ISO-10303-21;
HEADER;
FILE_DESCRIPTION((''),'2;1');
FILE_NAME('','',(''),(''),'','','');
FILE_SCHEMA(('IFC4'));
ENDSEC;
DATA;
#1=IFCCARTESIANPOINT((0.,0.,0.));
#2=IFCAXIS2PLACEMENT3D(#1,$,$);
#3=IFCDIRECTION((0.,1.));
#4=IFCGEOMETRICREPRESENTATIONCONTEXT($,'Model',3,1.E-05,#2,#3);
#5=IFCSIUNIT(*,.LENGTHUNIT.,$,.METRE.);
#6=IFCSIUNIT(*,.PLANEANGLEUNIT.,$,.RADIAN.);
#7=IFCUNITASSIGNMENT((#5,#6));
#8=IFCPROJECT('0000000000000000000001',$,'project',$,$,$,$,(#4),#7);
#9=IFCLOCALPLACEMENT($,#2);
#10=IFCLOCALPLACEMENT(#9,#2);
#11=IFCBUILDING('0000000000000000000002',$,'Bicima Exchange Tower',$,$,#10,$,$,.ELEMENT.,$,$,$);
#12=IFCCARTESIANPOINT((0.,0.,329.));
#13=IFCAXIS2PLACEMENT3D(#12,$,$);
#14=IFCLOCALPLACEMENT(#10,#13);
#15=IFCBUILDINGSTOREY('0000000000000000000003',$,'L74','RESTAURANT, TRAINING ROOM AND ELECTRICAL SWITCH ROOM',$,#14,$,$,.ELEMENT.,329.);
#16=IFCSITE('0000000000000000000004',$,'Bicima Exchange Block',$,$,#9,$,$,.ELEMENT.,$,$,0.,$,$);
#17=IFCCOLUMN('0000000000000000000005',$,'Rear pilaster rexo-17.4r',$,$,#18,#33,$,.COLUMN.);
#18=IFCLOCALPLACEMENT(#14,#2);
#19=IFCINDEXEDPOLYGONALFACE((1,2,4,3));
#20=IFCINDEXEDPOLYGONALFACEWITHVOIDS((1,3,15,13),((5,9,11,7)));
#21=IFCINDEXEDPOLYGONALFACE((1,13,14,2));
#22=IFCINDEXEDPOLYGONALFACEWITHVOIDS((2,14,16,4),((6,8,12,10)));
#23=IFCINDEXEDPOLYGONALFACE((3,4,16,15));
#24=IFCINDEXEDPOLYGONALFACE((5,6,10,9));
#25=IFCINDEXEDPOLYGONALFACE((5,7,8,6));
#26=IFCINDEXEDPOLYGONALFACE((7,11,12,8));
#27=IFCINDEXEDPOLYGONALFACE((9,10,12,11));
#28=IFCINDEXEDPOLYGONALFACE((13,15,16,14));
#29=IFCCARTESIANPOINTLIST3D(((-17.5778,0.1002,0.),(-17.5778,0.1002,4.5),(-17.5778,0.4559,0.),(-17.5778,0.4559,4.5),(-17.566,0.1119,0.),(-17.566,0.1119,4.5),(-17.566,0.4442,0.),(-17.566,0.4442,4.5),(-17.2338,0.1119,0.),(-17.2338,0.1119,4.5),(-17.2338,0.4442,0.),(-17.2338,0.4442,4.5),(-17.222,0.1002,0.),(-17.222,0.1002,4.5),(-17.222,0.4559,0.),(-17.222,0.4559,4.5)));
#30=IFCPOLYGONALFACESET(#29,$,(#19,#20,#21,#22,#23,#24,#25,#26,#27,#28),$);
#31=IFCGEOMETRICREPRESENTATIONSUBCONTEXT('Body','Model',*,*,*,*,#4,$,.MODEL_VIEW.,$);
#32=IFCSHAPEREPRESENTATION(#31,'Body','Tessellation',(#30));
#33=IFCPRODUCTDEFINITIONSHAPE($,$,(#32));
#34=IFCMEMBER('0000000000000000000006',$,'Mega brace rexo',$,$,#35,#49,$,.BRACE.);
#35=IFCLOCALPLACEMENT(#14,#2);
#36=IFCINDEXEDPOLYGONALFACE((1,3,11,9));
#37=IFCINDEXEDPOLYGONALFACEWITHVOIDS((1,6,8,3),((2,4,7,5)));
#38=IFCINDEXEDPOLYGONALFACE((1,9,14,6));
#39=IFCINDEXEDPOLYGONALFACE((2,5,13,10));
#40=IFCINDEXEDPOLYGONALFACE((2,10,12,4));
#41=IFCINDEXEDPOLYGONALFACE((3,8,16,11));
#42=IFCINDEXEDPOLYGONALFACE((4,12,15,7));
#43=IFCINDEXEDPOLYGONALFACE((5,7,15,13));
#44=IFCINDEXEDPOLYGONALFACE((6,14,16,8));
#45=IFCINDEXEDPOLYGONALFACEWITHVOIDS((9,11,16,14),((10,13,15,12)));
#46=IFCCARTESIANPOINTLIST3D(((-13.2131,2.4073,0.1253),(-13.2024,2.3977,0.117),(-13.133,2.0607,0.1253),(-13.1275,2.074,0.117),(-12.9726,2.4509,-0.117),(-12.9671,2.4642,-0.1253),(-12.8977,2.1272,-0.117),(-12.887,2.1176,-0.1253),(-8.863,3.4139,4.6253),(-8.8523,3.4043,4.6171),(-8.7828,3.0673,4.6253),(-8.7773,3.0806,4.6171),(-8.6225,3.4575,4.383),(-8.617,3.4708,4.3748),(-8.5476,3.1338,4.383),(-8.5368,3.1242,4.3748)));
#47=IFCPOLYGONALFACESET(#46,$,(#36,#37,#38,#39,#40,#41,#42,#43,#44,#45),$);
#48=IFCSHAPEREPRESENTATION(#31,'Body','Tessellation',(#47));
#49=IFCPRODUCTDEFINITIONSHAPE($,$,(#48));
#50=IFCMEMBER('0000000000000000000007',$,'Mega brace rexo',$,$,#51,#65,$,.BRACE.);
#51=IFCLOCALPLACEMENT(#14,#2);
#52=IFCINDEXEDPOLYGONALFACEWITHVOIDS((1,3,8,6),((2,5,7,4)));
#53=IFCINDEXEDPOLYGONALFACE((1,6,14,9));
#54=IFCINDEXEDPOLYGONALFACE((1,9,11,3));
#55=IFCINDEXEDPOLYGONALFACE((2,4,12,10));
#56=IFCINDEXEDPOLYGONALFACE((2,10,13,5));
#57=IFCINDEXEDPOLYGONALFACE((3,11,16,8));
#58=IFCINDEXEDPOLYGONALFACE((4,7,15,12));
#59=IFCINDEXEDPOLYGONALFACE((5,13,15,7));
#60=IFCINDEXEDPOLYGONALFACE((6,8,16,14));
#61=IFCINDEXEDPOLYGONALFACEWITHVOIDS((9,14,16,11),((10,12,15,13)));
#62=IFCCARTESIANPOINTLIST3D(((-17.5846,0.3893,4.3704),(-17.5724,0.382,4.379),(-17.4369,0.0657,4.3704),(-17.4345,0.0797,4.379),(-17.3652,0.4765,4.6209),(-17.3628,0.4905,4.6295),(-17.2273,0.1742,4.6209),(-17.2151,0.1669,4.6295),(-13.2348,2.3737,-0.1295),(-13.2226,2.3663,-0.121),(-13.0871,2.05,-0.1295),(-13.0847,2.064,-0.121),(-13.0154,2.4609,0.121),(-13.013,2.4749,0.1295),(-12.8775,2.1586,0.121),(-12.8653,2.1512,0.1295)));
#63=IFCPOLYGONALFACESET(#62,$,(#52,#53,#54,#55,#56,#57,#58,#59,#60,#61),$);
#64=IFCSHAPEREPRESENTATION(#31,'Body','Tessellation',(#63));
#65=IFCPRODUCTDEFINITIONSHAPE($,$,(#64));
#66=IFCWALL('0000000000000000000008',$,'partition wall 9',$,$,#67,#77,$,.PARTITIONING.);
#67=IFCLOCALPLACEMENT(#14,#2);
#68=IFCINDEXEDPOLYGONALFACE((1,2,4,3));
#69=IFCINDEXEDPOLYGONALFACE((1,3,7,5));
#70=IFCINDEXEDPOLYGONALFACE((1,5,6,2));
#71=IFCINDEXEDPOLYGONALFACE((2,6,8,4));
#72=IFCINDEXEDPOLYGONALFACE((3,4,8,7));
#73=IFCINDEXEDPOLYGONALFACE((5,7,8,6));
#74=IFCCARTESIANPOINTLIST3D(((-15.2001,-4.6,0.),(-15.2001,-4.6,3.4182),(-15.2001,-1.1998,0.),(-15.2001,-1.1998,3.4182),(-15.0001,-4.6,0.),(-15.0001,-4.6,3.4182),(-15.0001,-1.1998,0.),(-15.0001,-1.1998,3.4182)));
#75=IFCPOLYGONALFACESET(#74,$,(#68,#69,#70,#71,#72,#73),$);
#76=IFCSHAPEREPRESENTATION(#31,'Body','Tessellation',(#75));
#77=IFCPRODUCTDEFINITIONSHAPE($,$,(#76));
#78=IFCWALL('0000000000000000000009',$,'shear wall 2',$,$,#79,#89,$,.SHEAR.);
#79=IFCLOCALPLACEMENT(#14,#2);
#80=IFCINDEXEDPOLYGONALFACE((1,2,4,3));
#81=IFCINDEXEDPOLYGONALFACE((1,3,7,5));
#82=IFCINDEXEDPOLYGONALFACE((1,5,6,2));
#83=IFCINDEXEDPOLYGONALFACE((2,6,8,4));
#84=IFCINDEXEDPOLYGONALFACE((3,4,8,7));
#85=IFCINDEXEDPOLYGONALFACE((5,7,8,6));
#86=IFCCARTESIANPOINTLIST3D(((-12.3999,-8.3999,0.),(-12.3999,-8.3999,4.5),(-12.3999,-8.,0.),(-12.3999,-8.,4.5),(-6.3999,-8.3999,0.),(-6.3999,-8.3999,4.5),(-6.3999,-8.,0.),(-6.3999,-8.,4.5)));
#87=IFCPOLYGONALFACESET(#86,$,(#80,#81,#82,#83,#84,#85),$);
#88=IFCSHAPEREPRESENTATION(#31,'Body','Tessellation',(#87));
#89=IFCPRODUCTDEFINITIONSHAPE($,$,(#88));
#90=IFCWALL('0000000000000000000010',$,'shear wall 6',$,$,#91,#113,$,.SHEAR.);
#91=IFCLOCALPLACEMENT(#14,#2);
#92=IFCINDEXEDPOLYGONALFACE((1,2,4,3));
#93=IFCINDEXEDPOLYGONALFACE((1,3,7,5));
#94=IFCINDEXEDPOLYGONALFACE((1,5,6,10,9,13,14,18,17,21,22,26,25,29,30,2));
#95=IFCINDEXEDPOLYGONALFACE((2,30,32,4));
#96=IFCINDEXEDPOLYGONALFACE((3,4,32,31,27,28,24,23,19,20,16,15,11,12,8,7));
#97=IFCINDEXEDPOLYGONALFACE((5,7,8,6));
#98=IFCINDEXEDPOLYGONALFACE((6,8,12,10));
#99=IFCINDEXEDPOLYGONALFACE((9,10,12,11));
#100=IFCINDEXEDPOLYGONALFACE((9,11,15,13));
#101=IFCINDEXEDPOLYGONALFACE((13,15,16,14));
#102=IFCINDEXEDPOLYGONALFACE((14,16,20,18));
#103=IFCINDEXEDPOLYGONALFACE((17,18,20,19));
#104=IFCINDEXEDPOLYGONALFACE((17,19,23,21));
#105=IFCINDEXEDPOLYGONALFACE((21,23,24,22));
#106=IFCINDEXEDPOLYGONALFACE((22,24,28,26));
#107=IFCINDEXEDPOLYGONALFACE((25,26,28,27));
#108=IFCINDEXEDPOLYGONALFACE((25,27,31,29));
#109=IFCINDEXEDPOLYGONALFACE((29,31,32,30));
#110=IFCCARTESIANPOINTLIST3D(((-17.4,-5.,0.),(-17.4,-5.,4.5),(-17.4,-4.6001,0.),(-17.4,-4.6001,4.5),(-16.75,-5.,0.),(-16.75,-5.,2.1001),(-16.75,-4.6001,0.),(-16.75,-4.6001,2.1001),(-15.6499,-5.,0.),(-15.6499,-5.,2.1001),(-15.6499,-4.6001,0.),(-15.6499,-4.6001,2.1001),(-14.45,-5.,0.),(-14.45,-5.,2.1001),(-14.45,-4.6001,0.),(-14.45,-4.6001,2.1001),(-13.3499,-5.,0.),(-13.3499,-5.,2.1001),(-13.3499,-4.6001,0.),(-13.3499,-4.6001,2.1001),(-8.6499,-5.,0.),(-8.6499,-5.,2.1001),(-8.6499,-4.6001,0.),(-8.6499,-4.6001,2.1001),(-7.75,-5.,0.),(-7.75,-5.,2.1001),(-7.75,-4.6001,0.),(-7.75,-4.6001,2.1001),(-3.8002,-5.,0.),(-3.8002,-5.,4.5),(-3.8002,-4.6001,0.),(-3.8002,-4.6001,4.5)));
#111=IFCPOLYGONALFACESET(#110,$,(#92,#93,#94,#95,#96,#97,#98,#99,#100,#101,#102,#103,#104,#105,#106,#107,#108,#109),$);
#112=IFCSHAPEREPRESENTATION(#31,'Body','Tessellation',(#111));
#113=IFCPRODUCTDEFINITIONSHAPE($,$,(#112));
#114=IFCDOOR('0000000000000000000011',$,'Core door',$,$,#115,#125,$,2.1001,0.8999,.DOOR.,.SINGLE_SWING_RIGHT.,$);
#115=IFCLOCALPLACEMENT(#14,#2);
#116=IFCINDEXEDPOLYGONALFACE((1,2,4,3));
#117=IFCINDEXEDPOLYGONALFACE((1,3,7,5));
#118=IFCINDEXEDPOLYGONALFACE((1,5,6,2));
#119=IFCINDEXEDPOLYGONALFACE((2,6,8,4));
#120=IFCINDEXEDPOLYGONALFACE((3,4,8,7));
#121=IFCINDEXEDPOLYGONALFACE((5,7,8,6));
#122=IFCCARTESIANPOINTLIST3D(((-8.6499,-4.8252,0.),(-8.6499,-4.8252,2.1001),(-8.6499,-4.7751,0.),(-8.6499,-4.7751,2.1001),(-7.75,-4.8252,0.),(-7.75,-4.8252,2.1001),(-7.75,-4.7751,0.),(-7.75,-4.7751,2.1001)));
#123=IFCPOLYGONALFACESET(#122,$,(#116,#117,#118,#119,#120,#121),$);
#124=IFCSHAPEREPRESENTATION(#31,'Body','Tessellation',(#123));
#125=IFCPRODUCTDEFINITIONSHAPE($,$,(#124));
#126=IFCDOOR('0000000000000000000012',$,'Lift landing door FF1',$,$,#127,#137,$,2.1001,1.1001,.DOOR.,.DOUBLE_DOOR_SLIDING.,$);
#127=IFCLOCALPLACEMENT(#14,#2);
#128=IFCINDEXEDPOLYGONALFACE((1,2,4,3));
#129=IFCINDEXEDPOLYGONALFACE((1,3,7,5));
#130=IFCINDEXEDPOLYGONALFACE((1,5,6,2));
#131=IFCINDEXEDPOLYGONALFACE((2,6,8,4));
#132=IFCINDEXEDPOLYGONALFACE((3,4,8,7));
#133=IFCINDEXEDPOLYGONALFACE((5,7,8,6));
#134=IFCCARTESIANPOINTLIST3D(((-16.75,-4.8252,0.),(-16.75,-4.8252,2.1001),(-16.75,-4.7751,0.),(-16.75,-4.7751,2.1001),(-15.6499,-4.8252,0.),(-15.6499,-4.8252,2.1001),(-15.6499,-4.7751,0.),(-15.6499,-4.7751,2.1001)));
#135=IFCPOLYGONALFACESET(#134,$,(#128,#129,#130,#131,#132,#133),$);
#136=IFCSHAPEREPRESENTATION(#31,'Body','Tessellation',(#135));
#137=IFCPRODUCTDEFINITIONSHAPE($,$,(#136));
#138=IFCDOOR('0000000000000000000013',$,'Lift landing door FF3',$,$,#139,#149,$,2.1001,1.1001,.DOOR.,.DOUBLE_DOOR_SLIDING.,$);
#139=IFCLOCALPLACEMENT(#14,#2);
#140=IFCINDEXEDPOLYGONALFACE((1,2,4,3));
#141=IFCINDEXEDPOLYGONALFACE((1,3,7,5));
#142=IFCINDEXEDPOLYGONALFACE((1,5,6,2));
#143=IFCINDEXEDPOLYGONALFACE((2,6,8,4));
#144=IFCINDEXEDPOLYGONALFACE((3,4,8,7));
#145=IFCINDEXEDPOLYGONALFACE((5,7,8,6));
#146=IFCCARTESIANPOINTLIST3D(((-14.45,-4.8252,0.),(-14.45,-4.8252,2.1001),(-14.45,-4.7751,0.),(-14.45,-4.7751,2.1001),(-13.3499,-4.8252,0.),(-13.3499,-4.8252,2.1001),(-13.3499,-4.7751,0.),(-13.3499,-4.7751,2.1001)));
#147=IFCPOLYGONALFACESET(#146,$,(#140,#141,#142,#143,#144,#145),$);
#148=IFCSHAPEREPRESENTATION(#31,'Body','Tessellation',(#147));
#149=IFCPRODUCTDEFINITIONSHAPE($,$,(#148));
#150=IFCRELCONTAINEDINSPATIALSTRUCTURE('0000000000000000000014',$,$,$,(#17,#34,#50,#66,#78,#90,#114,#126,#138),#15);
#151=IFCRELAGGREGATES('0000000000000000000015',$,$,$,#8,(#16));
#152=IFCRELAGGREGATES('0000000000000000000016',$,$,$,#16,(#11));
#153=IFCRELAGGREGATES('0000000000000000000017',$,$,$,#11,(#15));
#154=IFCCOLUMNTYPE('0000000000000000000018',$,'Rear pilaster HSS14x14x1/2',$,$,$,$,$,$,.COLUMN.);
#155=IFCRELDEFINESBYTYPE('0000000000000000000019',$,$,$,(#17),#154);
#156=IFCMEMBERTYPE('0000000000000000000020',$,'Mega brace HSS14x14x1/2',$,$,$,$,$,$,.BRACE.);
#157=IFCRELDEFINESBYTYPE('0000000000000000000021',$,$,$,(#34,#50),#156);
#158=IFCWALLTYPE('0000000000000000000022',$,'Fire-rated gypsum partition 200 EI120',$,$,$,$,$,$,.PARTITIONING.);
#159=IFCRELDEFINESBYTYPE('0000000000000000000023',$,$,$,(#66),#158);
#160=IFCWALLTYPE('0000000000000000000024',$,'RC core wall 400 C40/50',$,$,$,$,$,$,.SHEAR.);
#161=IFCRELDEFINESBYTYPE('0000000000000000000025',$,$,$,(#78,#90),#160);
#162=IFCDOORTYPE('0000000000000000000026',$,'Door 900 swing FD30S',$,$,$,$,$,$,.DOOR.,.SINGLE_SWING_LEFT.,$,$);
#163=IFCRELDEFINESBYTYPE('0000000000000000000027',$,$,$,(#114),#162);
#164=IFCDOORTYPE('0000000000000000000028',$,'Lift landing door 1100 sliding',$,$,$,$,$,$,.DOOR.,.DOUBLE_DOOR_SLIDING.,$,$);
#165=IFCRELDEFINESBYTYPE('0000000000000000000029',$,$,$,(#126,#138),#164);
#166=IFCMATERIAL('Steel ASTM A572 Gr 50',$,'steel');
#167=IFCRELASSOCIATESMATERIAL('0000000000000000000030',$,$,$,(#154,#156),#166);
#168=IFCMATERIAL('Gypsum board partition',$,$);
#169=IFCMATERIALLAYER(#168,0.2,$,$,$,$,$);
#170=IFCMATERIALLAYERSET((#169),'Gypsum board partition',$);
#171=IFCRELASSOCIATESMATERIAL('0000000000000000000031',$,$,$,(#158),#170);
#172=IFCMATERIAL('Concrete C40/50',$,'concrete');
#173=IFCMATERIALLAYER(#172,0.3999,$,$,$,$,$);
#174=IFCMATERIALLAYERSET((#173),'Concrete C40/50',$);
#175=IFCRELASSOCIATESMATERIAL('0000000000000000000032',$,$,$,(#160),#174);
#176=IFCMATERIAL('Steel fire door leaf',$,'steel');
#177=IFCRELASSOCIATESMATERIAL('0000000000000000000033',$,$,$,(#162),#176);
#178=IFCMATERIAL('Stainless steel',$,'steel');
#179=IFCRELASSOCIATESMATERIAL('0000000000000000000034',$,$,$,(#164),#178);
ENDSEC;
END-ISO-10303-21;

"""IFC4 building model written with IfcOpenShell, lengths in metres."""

from ifc_helpers import new_model, si_unit, direction, frame, frame_2d, origin, origin_2d, place, context, subcontext, project, spatial, rectangle, hollow_rectangle, extrude, material, layer, layer_set, material_profile, profile_set, type_object, element, fill, save


model = new_model("IFC4")

# Units and contexts
model_context = context("Model", 3, precision=1e-05, world=origin(), true_north=direction((0.0, 1.0)))
body_context = subcontext(model_context, "Body", "Model", "MODEL_VIEW")
ifc_project = project(units=[si_unit("LENGTHUNIT", "METRE"), si_unit("PLANEANGLEUNIT", "RADIAN")], contexts=[model_context])

# Site, building, storey
site_placement = place(None, origin())
site = spatial("IfcSite", under=ifc_project, at=site_placement, Name="Bicima Exchange Block", CompositionType="ELEMENT", RefElevation=0.0)
building_placement = place(site_placement, origin())
building = spatial("IfcBuilding", under=site, at=building_placement, Name="Bicima Exchange Tower", CompositionType="ELEMENT")
storey_placement = place(building_placement, frame((0.0, 0.0, 329.0)))
storey = spatial("IfcBuildingStorey", under=building, at=storey_placement, Name="L74", Description="RESTAURANT, TRAINING ROOM AND ELECTRICAL SWITCH ROOM", CompositionType="ELEMENT", Elevation=329.0)

# Column
ifc_material_1 = material(Name="Steel ASTM A572 Gr 50", Category="steel")
ifc_material_profile = material_profile(ifc_material_1, hollow_rectangle(XDim=0.3557, YDim=0.3557, WallThickness=0.0117, at=origin_2d()))
ifc_profile_set = profile_set([ifc_material_profile], Name="Steel ASTM A572 Gr 50")
column_type = type_object("IfcColumnType", Name="Rear pilaster HSS14x14x1/2", PredefinedType="COLUMN", material=ifc_profile_set)
column_placement = place(storey_placement, frame((-17.3999, 0.2781, 0.0), z_axis=(0.0, 0.0, 1.0), x_axis=(1.0, 0.0, 0.0)))
element("IfcColumn", 1, at=column_placement, inside=storey, type_object=column_type, Name="Rear pilaster rexo-17.4r", PredefinedType="COLUMN", context=body_context, shape_type="SweptSolid", body=[
    extrude(hollow_rectangle(XDim=0.3557, YDim=0.3557, WallThickness=0.0117, at=origin_2d()), origin(), (0.0, 0.0, 1.0), 4.5),
])

# Members
member_type = type_object("IfcMemberType", Name="Mega brace HSS14x14x1/2", PredefinedType="BRACE", material=ifc_profile_set)
member_1_placement = place(storey_placement, frame((-13.05, 2.2625, 0.0), z_axis=(0.686212, 0.158786, 0.709859), x_axis=(-0.225439, 0.974257, 0.0)))
element("IfcMember", 2, at=member_1_placement, inside=storey, type_object=member_type, Name="Mega brace rexo", PredefinedType="BRACE", context=body_context, shape_type="SweptSolid", body=[
    extrude(hollow_rectangle(XDim=0.3557, YDim=0.3557, WallThickness=0.0117, at=origin_2d()), origin(), (0.0, 0.0, 1.0), 6.3394),
])
member_2_placement = place(storey_placement, frame((-13.05, 2.2625, 0.0), z_axis=(-0.662508, -0.302232, 0.685376), x_axis=(0.415045, -0.909801, 0.0)))
element("IfcMember", 3, at=member_2_placement, inside=storey, type_object=member_type, Name="Mega brace rexo", PredefinedType="BRACE", context=body_context, shape_type="SweptSolid", body=[
    extrude(hollow_rectangle(XDim=0.3557, YDim=0.3557, WallThickness=0.0117, at=origin_2d()), origin(), (0.0, 0.0, 1.0), 6.5657),
])

# Walls
ifc_material_2 = material(Name="Gypsum board partition")
ifc_layer_1 = layer(ifc_material_2, 0.2)
ifc_layer_set_1 = layer_set([ifc_layer_1], Name="Gypsum board partition")
wall_type_1 = type_object("IfcWallType", Name="Fire-rated gypsum partition 200 EI120", PredefinedType="PARTITIONING", material=ifc_layer_set_1)
wall_1_placement = place(storey_placement, frame((-15.1001, -4.6001, 0.0), z_axis=(0.0, 0.0, 1.0), x_axis=(0.0, 1.0, 0.0)))
element("IfcWall", 4, at=wall_1_placement, inside=storey, type_object=wall_type_1, Name="partition wall 9", PredefinedType="PARTITIONING", context=body_context, shape_type="SweptSolid", body=[
    extrude(rectangle(XDim=3.4001, YDim=0.2, at=frame_2d((1.7002, 0.0))), origin(), (0.0, 0.0, 1.0), 3.4182),
])
ifc_material_3 = material(Name="Concrete C40/50", Category="concrete")
ifc_layer_2 = layer(ifc_material_3, 0.3999)
ifc_layer_set_2 = layer_set([ifc_layer_2], Name="Concrete C40/50")
wall_type_2 = type_object("IfcWallType", Name="RC core wall 400 C40/50", PredefinedType="SHEAR", material=ifc_layer_set_2)
wall_2_placement = place(storey_placement, frame((-12.3999, -8.2, 0.0), z_axis=(0.0, 0.0, 1.0), x_axis=(1.0, 0.0, 0.0)))
element("IfcWall", 5, at=wall_2_placement, inside=storey, type_object=wall_type_2, Name="shear wall 2", PredefinedType="SHEAR", context=body_context, shape_type="SweptSolid", body=[
    extrude(rectangle(XDim=6.0, YDim=0.3999, at=frame_2d((3.0, 0.0))), origin(), (0.0, 0.0, 1.0), 4.5),
])

# Wall, openings, doors
wall_3_placement = place(storey_placement, frame((-17.3999, -4.8, 0.0), z_axis=(0.0, 0.0, 1.0), x_axis=(1.0, 0.0, 0.0)))
wall_3 = element("IfcWall", 6, at=wall_3_placement, inside=storey, type_object=wall_type_2, Name="shear wall 6", PredefinedType="SHEAR", context=body_context, shape_type="SweptSolid", body=[
    extrude(rectangle(XDim=13.5999, YDim=0.3999, at=frame_2d((6.7998, 0.0))), origin(), (0.0, 0.0, 1.0), 4.5),
])
opening_1_placement = place(wall_3_placement, frame((0.6499, 0.0, 0.0)))
opening_1 = element("IfcOpeningElement", 7, at=opening_1_placement, cuts=wall_3, PredefinedType="OPENING", context=body_context, shape_type="SweptSolid", body=[
    extrude(rectangle(XDim=1.1001, YDim=2.1001, at=frame_2d((0.55, 1.05))), frame((0.0, 0.2119, 0.0), z_axis=(0.0, -1.0, 0.0), x_axis=(1.0, 0.0, 0.0)), (0.0, 0.0, 1.0), 0.4238),
])
opening_2_placement = place(wall_3_placement, frame((2.95, 0.0, 0.0)))
opening_2 = element("IfcOpeningElement", 8, at=opening_2_placement, cuts=wall_3, PredefinedType="OPENING", context=body_context, shape_type="SweptSolid", body=[
    extrude(rectangle(XDim=1.1001, YDim=2.1001, at=frame_2d((0.55, 1.05))), frame((0.0, 0.2119, 0.0), z_axis=(0.0, -1.0, 0.0), x_axis=(1.0, 0.0, 0.0)), (0.0, 0.0, 1.0), 0.4238),
])
opening_3_placement = place(wall_3_placement, frame((8.75, 0.0, 0.0)))
opening_3 = element("IfcOpeningElement", 9, at=opening_3_placement, cuts=wall_3, PredefinedType="OPENING", context=body_context, shape_type="SweptSolid", body=[
    extrude(rectangle(XDim=0.8999, YDim=2.1001, at=frame_2d((0.45, 1.05))), frame((0.0, 0.2119, 0.0), z_axis=(0.0, -1.0, 0.0), x_axis=(1.0, 0.0, 0.0)), (0.0, 0.0, 1.0), 0.4238),
])
ifc_material_4 = material(Name="Steel fire door leaf", Category="steel")
door_type_1 = type_object("IfcDoorType", Name="Door 900 swing FD30S", OperationType="SINGLE_SWING_LEFT", PredefinedType="DOOR", material=ifc_material_4)
door_1_placement = place(opening_3_placement, origin())
door_1 = element("IfcDoor", 10, at=door_1_placement, inside=storey, type_object=door_type_1, Name="Core door", OperationType="SINGLE_SWING_RIGHT", OverallHeight=2.1001, OverallWidth=0.8999, PredefinedType="DOOR", context=body_context, shape_type="SweptSolid", body=[
    extrude(rectangle(XDim=0.8999, YDim=2.1001, at=frame_2d((0.45, 1.05))), frame((0.0, 0.0249, 0.0), z_axis=(0.0, -1.0, 0.0), x_axis=(1.0, 0.0, 0.0)), (0.0, 0.0, 1.0), 0.05),
])
fill(opening_3, door_1)
ifc_material_5 = material(Name="Stainless steel", Category="steel")
door_type_2 = type_object("IfcDoorType", Name="Lift landing door 1100 sliding", OperationType="DOUBLE_DOOR_SLIDING", PredefinedType="DOOR", material=ifc_material_5)
door_2_placement = place(opening_1_placement, origin())
door_2 = element("IfcDoor", 11, at=door_2_placement, inside=storey, type_object=door_type_2, Name="Lift landing door FF1", OperationType="DOUBLE_DOOR_SLIDING", OverallHeight=2.1001, OverallWidth=1.1001, PredefinedType="DOOR", context=body_context, shape_type="SweptSolid", body=[
    extrude(rectangle(XDim=1.1001, YDim=2.1001, at=frame_2d((0.55, 1.05))), frame((0.0, 0.0249, 0.0), z_axis=(0.0, -1.0, 0.0), x_axis=(1.0, 0.0, 0.0)), (0.0, 0.0, 1.0), 0.05),
])
fill(opening_1, door_2)
door_3_placement = place(opening_2_placement, origin())
door_3 = element("IfcDoor", 12, at=door_3_placement, inside=storey, type_object=door_type_2, Name="Lift landing door FF3", OperationType="DOUBLE_DOOR_SLIDING", OverallHeight=2.1001, OverallWidth=1.1001, PredefinedType="DOOR", context=body_context, shape_type="SweptSolid", body=[
    extrude(rectangle(XDim=1.1001, YDim=2.1001, at=frame_2d((0.55, 1.05))), frame((0.0, 0.0249, 0.0), z_axis=(0.0, -1.0, 0.0), x_axis=(1.0, 0.0, 0.0)), (0.0, 0.0, 1.0), 0.05),
])
fill(opening_2, door_3)

save(model, "model.ifc")
